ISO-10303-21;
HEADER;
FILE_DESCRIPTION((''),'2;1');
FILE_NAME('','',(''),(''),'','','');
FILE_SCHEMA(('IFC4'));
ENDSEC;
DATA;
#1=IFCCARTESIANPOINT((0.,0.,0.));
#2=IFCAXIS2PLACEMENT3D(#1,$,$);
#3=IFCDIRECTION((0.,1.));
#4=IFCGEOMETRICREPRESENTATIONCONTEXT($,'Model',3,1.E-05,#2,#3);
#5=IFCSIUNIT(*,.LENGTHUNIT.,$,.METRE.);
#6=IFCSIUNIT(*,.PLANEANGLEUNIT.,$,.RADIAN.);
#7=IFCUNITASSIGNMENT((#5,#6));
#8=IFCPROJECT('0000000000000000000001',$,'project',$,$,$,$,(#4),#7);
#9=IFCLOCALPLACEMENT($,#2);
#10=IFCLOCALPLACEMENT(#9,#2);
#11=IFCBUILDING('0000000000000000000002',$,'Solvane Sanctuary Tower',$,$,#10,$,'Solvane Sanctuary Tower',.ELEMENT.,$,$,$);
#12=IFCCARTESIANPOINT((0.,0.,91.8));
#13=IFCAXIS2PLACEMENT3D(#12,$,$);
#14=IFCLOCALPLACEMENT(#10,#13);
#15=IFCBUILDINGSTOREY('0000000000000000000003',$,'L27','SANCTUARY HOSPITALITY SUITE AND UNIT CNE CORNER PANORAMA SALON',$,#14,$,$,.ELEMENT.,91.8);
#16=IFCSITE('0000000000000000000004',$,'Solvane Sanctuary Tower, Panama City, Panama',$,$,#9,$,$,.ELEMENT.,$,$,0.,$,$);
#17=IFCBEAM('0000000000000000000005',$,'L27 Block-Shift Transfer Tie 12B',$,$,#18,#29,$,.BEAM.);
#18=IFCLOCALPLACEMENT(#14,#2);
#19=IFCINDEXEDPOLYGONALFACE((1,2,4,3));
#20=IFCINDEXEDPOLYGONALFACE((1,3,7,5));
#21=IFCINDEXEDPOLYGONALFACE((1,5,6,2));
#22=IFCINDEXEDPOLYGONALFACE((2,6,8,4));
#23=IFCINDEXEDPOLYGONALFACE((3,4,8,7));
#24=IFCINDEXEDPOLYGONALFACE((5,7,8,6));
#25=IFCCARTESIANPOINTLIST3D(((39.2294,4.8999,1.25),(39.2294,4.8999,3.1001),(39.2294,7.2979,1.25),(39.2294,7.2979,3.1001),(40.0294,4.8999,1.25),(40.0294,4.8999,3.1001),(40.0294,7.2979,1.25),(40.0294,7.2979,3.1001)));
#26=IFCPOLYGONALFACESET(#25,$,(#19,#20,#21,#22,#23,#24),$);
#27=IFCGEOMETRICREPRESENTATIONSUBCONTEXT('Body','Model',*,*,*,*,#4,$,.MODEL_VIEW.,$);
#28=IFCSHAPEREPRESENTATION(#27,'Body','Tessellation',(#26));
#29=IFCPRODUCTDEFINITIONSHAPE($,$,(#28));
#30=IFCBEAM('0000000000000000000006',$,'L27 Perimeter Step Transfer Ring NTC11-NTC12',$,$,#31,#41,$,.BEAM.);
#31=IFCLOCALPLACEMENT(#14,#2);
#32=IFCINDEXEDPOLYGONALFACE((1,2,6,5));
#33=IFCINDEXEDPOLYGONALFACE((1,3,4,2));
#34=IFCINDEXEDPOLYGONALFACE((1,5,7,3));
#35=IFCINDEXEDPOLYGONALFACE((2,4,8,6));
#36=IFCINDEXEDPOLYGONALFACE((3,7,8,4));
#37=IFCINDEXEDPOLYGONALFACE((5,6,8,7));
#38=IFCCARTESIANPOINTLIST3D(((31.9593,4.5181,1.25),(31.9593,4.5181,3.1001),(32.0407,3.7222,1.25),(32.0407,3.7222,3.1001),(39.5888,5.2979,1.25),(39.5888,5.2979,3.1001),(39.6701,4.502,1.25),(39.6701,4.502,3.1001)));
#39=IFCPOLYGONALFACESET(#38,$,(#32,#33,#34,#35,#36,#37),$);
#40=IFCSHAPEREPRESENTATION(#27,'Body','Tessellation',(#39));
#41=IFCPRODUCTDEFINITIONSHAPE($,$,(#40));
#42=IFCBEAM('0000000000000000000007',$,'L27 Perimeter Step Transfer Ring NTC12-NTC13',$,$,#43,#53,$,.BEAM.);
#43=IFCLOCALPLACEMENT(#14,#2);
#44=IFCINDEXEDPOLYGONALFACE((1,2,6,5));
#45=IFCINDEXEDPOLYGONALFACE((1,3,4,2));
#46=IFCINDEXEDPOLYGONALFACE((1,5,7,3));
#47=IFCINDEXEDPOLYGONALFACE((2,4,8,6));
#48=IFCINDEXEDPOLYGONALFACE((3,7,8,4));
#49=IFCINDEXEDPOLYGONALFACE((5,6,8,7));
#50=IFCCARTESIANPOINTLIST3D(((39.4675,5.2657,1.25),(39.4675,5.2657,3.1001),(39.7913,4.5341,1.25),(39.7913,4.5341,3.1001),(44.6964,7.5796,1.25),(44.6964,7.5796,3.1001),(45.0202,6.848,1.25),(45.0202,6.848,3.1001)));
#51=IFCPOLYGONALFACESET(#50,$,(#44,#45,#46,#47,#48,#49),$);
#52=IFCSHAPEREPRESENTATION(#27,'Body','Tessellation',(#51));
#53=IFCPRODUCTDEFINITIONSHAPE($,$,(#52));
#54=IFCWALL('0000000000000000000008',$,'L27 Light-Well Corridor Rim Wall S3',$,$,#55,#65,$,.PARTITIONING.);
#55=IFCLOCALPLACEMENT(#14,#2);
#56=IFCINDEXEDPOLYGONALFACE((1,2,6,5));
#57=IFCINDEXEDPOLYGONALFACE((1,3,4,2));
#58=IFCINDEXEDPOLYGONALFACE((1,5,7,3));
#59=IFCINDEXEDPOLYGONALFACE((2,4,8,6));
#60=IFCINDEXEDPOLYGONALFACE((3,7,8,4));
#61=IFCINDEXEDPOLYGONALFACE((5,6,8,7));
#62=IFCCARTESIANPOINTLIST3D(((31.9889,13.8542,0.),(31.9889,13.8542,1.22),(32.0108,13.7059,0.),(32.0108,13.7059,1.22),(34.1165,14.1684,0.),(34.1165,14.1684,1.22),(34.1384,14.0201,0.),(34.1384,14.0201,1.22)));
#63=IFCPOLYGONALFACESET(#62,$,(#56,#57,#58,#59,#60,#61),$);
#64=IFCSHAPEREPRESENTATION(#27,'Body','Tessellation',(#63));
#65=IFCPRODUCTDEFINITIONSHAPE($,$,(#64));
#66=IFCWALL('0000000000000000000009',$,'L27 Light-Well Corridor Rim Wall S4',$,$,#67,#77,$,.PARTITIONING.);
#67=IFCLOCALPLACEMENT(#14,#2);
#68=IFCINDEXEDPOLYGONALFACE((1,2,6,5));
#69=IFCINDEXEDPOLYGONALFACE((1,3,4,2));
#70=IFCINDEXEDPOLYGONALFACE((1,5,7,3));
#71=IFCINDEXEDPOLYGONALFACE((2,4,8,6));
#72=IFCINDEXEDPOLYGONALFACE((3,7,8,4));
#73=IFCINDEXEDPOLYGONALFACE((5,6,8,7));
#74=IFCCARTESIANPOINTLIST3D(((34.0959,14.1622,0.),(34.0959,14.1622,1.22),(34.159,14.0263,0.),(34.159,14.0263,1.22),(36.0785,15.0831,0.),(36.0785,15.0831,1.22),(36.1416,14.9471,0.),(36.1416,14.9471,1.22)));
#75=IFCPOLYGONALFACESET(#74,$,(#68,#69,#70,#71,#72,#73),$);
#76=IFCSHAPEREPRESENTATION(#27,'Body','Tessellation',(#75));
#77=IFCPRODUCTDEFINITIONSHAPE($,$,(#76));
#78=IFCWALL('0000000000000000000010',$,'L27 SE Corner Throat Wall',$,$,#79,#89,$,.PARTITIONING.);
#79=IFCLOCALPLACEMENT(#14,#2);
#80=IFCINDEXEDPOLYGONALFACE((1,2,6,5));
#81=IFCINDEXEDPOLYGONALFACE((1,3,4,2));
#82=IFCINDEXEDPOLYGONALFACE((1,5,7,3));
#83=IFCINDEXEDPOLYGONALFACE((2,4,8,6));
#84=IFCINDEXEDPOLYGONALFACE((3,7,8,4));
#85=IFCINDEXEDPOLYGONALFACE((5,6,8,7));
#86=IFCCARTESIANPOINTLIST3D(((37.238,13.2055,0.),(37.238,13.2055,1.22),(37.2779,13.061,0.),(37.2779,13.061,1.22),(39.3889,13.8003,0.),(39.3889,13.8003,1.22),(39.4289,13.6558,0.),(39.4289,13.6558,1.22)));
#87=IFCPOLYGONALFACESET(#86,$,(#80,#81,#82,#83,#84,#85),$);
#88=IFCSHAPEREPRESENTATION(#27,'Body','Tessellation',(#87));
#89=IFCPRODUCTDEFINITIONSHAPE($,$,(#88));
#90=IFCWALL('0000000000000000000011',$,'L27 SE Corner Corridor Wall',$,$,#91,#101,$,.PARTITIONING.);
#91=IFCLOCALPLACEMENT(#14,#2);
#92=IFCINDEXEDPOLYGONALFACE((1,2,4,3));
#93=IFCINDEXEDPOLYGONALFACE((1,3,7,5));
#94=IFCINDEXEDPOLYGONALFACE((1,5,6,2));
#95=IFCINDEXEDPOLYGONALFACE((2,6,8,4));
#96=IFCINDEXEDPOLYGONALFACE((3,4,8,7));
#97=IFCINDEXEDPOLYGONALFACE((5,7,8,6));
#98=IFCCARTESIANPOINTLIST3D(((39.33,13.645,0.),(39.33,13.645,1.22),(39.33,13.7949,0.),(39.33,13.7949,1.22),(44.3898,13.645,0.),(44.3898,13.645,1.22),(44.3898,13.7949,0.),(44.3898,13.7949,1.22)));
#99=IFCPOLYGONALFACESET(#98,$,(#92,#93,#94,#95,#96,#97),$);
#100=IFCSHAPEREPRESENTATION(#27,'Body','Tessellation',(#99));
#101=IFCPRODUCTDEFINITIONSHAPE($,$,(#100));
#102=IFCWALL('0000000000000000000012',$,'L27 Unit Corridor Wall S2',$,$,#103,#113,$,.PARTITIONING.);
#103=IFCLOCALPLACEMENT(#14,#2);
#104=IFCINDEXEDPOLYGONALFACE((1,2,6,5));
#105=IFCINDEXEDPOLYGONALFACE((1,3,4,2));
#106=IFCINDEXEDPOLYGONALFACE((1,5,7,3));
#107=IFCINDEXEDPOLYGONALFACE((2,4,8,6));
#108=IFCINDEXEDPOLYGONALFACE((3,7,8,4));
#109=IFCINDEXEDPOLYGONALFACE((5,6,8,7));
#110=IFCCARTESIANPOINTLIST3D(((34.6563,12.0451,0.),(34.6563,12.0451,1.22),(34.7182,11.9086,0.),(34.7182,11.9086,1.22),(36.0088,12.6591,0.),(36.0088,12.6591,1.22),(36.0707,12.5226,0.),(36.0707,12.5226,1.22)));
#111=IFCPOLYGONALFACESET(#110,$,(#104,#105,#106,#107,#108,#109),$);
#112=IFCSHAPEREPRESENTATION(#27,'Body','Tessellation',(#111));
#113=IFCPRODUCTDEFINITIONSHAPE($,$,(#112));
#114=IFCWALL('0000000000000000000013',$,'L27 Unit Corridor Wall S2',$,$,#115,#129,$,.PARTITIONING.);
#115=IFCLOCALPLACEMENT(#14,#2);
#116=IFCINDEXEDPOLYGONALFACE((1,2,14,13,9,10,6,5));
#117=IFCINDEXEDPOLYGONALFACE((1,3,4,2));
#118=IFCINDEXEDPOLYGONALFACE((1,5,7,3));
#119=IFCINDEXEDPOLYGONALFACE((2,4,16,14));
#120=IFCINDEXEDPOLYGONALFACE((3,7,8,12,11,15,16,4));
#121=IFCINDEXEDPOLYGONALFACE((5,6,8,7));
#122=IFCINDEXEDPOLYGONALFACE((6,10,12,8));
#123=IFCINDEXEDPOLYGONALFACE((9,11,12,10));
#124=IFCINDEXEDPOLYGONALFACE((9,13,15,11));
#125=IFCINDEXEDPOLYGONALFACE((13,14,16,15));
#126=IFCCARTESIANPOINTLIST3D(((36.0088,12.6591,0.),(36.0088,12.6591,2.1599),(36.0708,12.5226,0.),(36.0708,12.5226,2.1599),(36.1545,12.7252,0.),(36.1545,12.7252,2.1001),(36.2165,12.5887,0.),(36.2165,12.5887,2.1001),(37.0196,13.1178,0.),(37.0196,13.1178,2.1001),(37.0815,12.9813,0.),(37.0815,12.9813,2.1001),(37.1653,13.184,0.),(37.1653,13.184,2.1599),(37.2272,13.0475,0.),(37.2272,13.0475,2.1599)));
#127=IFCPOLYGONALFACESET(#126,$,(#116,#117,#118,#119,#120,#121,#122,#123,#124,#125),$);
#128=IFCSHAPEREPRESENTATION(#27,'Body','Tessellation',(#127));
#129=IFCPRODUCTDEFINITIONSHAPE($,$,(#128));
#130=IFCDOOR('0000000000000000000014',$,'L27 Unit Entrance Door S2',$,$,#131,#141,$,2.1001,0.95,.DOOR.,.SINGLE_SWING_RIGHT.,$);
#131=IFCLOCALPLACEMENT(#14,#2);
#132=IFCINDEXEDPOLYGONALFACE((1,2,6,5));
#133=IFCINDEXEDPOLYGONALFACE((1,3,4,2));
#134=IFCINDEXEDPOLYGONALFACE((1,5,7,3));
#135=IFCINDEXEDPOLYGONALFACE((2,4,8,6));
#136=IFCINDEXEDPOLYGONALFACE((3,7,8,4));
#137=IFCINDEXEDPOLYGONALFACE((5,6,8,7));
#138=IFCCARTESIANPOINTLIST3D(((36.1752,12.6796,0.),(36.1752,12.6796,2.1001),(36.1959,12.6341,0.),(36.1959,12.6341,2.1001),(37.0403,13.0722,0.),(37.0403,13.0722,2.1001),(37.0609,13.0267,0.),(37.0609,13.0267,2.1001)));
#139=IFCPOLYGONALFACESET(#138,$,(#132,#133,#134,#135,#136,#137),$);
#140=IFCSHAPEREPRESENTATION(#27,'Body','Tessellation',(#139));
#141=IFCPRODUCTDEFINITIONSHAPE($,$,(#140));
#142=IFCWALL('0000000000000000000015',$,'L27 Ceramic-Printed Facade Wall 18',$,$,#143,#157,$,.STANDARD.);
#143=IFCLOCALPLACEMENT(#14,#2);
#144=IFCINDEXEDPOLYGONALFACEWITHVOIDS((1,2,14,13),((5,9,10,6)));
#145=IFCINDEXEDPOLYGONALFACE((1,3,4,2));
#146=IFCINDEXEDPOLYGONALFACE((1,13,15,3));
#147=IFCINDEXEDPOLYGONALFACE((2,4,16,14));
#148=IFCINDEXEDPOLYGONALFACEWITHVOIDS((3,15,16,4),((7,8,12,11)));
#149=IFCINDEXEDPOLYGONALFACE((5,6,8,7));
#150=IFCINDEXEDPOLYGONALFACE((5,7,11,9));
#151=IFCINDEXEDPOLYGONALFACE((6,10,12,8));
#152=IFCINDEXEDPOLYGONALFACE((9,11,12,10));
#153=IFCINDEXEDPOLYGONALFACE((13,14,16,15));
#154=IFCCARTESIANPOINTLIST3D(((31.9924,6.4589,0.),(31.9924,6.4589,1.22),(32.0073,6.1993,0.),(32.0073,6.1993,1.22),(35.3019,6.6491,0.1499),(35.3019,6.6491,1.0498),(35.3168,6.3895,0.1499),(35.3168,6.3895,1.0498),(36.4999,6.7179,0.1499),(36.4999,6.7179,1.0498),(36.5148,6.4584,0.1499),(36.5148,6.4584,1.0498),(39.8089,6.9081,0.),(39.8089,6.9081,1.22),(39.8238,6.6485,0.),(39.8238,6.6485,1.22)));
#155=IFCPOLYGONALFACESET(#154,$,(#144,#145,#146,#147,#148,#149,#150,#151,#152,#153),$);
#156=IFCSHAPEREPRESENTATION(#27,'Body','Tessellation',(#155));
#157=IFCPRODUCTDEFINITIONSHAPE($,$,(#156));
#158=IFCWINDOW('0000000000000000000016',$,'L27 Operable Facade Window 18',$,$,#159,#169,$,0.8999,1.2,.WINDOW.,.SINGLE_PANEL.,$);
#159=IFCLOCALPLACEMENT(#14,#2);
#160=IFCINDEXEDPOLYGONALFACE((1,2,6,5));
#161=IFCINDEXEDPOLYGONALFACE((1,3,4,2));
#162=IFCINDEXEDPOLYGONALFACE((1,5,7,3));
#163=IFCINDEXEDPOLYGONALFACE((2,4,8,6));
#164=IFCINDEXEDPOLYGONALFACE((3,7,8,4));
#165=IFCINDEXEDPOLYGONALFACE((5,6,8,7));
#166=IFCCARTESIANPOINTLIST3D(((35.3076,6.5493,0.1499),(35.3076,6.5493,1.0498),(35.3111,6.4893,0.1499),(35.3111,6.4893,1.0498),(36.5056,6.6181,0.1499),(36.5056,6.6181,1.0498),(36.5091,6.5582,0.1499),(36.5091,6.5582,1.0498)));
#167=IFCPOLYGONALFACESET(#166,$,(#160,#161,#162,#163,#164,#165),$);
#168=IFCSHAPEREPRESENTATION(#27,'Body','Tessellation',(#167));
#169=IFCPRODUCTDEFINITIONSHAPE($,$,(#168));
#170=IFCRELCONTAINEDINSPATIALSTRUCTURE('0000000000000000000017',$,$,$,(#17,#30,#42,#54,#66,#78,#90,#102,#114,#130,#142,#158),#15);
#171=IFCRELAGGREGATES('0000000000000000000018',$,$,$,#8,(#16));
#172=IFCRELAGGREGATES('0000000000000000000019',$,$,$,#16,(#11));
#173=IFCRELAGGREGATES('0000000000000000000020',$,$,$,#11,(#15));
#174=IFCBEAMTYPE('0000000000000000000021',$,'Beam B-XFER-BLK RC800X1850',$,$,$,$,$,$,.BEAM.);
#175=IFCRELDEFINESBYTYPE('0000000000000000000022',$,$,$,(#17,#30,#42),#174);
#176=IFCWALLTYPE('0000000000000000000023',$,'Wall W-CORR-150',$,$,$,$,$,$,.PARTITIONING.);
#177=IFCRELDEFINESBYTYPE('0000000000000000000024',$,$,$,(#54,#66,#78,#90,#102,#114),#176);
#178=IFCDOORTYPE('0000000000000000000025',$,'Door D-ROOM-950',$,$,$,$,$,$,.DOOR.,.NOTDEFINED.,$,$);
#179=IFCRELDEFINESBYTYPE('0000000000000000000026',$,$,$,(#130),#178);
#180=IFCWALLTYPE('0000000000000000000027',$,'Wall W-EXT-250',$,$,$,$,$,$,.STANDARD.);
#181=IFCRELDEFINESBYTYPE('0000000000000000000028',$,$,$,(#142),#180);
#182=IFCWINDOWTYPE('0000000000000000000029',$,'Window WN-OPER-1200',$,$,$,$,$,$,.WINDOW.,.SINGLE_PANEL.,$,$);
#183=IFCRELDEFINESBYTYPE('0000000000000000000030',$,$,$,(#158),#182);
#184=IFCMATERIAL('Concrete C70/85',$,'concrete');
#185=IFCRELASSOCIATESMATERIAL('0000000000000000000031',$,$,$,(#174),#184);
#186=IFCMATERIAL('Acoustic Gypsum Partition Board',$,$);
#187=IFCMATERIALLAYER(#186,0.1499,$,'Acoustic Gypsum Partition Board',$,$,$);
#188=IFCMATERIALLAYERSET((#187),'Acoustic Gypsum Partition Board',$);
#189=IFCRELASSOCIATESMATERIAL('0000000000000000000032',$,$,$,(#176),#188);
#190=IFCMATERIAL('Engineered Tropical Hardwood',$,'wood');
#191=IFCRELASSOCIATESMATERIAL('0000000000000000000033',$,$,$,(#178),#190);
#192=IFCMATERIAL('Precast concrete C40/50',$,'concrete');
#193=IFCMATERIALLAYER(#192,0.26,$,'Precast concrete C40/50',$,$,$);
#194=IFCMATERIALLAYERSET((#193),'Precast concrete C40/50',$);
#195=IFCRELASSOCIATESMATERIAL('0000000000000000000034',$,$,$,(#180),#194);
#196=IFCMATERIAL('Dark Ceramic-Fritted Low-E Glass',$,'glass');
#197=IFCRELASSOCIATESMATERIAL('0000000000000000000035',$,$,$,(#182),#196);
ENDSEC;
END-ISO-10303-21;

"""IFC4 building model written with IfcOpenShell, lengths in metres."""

from ifc_helpers import new_model, si_unit, direction, frame, frame_2d, origin, origin_2d, place, context, subcontext, project, spatial, rectangle, extrude, material, layer, layer_set, material_profile, profile_set, type_object, element, fill, save


model = new_model("IFC4")

# Units and contexts
model_context = context("Model", 3, precision=1e-05, world=origin(), true_north=direction((0.0, 1.0)))
body_context = subcontext(model_context, "Body", "Model", "MODEL_VIEW")
ifc_project = project(units=[si_unit("LENGTHUNIT", "METRE"), si_unit("PLANEANGLEUNIT", "RADIAN")], contexts=[model_context])

# Site, building, storey
site_placement = place(None, origin())
site = spatial("IfcSite", under=ifc_project, at=site_placement, Name="Solvane Sanctuary Tower, Panama City, Panama", CompositionType="ELEMENT", RefElevation=0.0)
building_placement = place(site_placement, origin())
building = spatial("IfcBuilding", under=site, at=building_placement, Name="Solvane Sanctuary Tower", LongName="Solvane Sanctuary Tower", CompositionType="ELEMENT")
storey_placement = place(building_placement, frame((0.0, 0.0, 91.8)))
storey = spatial("IfcBuildingStorey", under=building, at=storey_placement, Name="L27", Description="SANCTUARY HOSPITALITY SUITE AND UNIT CNE CORNER PANORAMA SALON", CompositionType="ELEMENT", Elevation=91.8)

# Beams
ifc_material_1 = material(Name="Concrete C70/85", Category="concrete")
ifc_material_profile_1 = material_profile(ifc_material_1, rectangle(XDim=0.8, YDim=1.8501, at=origin_2d()), Name="RC800X1850")
ifc_profile_set_1 = profile_set([ifc_material_profile_1], Name="Concrete C70/85")
beam_type_1 = type_object("IfcBeamType", Name="Beam B-XFER-BLK RC800X1850", PredefinedType="BEAM", material=ifc_profile_set_1)
beam_1_placement = place(storey_placement, frame((39.6294, 7.2979, 2.175), z_axis=(0.0, -1.0, 0.0), x_axis=(1.0, 0.0, 0.0)))
element("IfcBeam", 1, at=beam_1_placement, inside=storey, type_object=beam_type_1, Name="L27 Block-Shift Transfer Tie 12B", PredefinedType="BEAM", context=body_context, shape_type="SweptSolid", body=[
    extrude(rectangle(XDim=0.8, YDim=1.8501, at=origin_2d()), origin(), (0.0, 0.0, 1.0), 2.3979),
])
beam_2_placement = place(storey_placement, frame((32.0, 4.1201, 2.175), z_axis=(0.994817, 0.101678, 0.0), x_axis=(-0.101678, 0.994817, 0.0)))
element("IfcBeam", 2, at=beam_2_placement, inside=storey, type_object=beam_type_1, Name="L27 Perimeter Step Transfer Ring NTC11-NTC12", PredefinedType="BEAM", context=body_context, shape_type="SweptSolid", body=[
    extrude(rectangle(XDim=0.8, YDim=1.8501, at=origin_2d()), origin(), (0.0, 0.0, 1.0), 7.6692),
])
beam_3_placement = place(storey_placement, frame((39.6294, 4.8999, 2.175), z_axis=(0.914462, 0.404672, 0.0), x_axis=(-0.404672, 0.914462, 0.0)))
element("IfcBeam", 3, at=beam_3_placement, inside=storey, type_object=beam_type_1, Name="L27 Perimeter Step Transfer Ring NTC12-NTC13", PredefinedType="BEAM", context=body_context, shape_type="SweptSolid", body=[
    extrude(rectangle(XDim=0.8, YDim=1.8501, at=origin_2d()), origin(), (0.0, 0.0, 1.0), 5.718),
])

# Walls
ifc_material_2 = material(Name="Acoustic Gypsum Partition Board")
ifc_layer_1 = layer(ifc_material_2, 0.1499, Name="Acoustic Gypsum Partition Board")
ifc_layer_set_1 = layer_set([ifc_layer_1], Name="Acoustic Gypsum Partition Board")
wall_type_1 = type_object("IfcWallType", Name="Wall W-CORR-150", PredefinedType="PARTITIONING", material=ifc_layer_set_1)
wall_1_placement = place(storey_placement, frame((32.0, 13.78, 0.0), z_axis=(0.0, 0.0, 1.0), x_axis=(0.989269, 0.146108, 0.0)))
element("IfcWall", 4, at=wall_1_placement, inside=storey, type_object=wall_type_1, Name="L27 Light-Well Corridor Rim Wall S3", PredefinedType="PARTITIONING", context=body_context, shape_type="SweptSolid", body=[
    extrude(rectangle(XDim=2.1506, YDim=0.1499, at=frame_2d((1.0752, 0.0))), origin(), (0.0, 0.0, 1.0), 1.22),
])
wall_2_placement = place(storey_placement, frame((34.1274, 14.0942, 0.0), z_axis=(0.0, 0.0, 1.0), x_axis=(0.906943, 0.421252, 0.0)))
element("IfcWall", 5, at=wall_2_placement, inside=storey, type_object=wall_type_1, Name="L27 Light-Well Corridor Rim Wall S4", PredefinedType="PARTITIONING", context=body_context, shape_type="SweptSolid", body=[
    extrude(rectangle(XDim=2.186, YDim=0.1499, at=frame_2d((1.093, 0.0))), origin(), (0.0, 0.0, 1.0), 1.22),
])
wall_3_placement = place(storey_placement, frame((37.2581, 13.1333, 0.0), z_axis=(0.0, 0.0, 1.0), x_axis=(0.963834, 0.266504, 0.0)))
element("IfcWall", 6, at=wall_3_placement, inside=storey, type_object=wall_type_1, Name="L27 SE Corner Throat Wall", PredefinedType="PARTITIONING", context=body_context, shape_type="SweptSolid", body=[
    extrude(rectangle(XDim=2.2317, YDim=0.1499, at=frame_2d((1.1157, 0.0))), origin(), (0.0, 0.0, 1.0), 1.22),
])
wall_4_placement = place(storey_placement, frame((39.3301, 13.72, 0.0), z_axis=(0.0, 0.0, 1.0), x_axis=(1.0, 0.0, 0.0)))
element("IfcWall", 7, at=wall_4_placement, inside=storey, type_object=wall_type_1, Name="L27 SE Corner Corridor Wall", PredefinedType="PARTITIONING", context=body_context, shape_type="SweptSolid", body=[
    extrude(rectangle(XDim=5.0598, YDim=0.1499, at=frame_2d((2.5298, 0.0))), origin(), (0.0, 0.0, 1.0), 1.22),
])
wall_5_placement = place(storey_placement, frame((34.6873, 11.9768, 0.0), z_axis=(0.0, 0.0, 1.0), x_axis=(0.910563, 0.413369, 0.0)))
element("IfcWall", 8, at=wall_5_placement, inside=storey, type_object=wall_type_1, Name="L27 Unit Corridor Wall S2", PredefinedType="PARTITIONING", context=body_context, shape_type="SweptSolid", body=[
    extrude(rectangle(XDim=1.4854, YDim=0.1499, at=frame_2d((0.7427, 0.0))), origin(), (0.0, 0.0, 1.0), 1.22),
])

# Wall, opening, door
wall_6_placement = place(storey_placement, frame((36.0398, 12.5908, 0.0), z_axis=(0.0, 0.0, 1.0), x_axis=(0.910597, 0.413296, 0.0)))
wall_6 = element("IfcWall", 9, at=wall_6_placement, inside=storey, type_object=wall_type_1, Name="L27 Unit Corridor Wall S2", PredefinedType="PARTITIONING", context=body_context, shape_type="SweptSolid", body=[
    extrude(rectangle(XDim=1.27, YDim=0.1499, at=frame_2d((0.635, 0.0))), origin(), (0.0, 0.0, 1.0), 2.1599),
])
opening_1_placement = place(wall_6_placement, frame((0.1599, 0.0, 0.0)))
opening_1 = element("IfcOpeningElement", 10, at=opening_1_placement, cuts=wall_6, PredefinedType="OPENING", context=body_context, shape_type="SweptSolid", body=[
    extrude(rectangle(XDim=0.95, YDim=2.1001, at=frame_2d((0.4751, 1.05))), frame((0.0, 0.085, 0.0), z_axis=(0.0, -1.0, 0.0), x_axis=(1.0, 0.0, 0.0)), (0.0, 0.0, 1.0), 0.1699),
])
ifc_material_3 = material(Name="Engineered Tropical Hardwood", Category="wood")
door_type_1 = type_object("IfcDoorType", Name="Door D-ROOM-950", OperationType="NOTDEFINED", PredefinedType="DOOR", material=ifc_material_3)
door_1_placement = place(opening_1_placement, origin())
door_1 = element("IfcDoor", 11, at=door_1_placement, inside=storey, type_object=door_type_1, Name="L27 Unit Entrance Door S2", OperationType="SINGLE_SWING_RIGHT", OverallHeight=2.1001, OverallWidth=0.95, PredefinedType="DOOR", context=body_context, shape_type="SweptSolid", body=[
    extrude(rectangle(XDim=0.95, YDim=2.1001, at=frame_2d((0.4751, 1.05))), frame((0.0, 0.0249, 0.0), z_axis=(0.0, -1.0, 0.0), x_axis=(1.0, 0.0, 0.0)), (0.0, 0.0, 1.0), 0.05),
])
fill(opening_1, door_1)

# Wall, opening, window
ifc_material_4 = material(Name="Precast concrete C40/50", Category="concrete")
ifc_layer_2 = layer(ifc_material_4, 0.26, Name="Precast concrete C40/50")
ifc_layer_set_2 = layer_set([ifc_layer_2], Name="Precast concrete C40/50")
wall_type_2 = type_object("IfcWallType", Name="Wall W-EXT-250", PredefinedType="STANDARD", material=ifc_layer_set_2)
wall_7_placement = place(storey_placement, frame((32.0, 6.3291, 0.0), z_axis=(0.0, 0.0, 1.0), x_axis=(0.998353, 0.057377, 0.0)))
wall_7 = element("IfcWall", 12, at=wall_7_placement, inside=storey, type_object=wall_type_2, Name="L27 Ceramic-Printed Facade Wall 18", PredefinedType="STANDARD", context=body_context, shape_type="SweptSolid", body=[
    extrude(rectangle(XDim=7.8293, YDim=0.26, at=frame_2d((3.9146, 0.0))), origin(), (0.0, 0.0, 1.0), 1.22),
])
opening_2_placement = place(wall_7_placement, frame((3.3147, 0.0, 0.1499)))
opening_2 = element("IfcOpeningElement", 13, at=opening_2_placement, cuts=wall_7, PredefinedType="OPENING", context=body_context, shape_type="SweptSolid", body=[
    extrude(rectangle(XDim=1.2, YDim=0.8999, at=frame_2d((0.6001, 0.45))), frame((0.0, 0.1399, 0.0), z_axis=(0.0, -1.0, 0.0), x_axis=(1.0, 0.0, 0.0)), (0.0, 0.0, 1.0), 0.28),
])
ifc_material_5 = material(Name="Dark Ceramic-Fritted Low-E Glass", Category="glass")
window_type = type_object("IfcWindowType", Name="Window WN-OPER-1200", PartitioningType="SINGLE_PANEL", PredefinedType="WINDOW", material=ifc_material_5)
window_1_placement = place(opening_2_placement, origin())
window_1 = element("IfcWindow", 14, at=window_1_placement, inside=storey, type_object=window_type, Name="L27 Operable Facade Window 18", OverallHeight=0.8999, OverallWidth=1.2, PartitioningType="SINGLE_PANEL", PredefinedType="WINDOW", context=body_context, shape_type="SweptSolid", body=[
    extrude(rectangle(XDim=1.2, YDim=0.8999, at=frame_2d((0.6001, 0.45))), frame((0.0, 0.03, 0.0), z_axis=(0.0, -1.0, 0.0), x_axis=(1.0, 0.0, 0.0)), (0.0, 0.0, 1.0), 0.0601),
])
fill(opening_2, window_1)

save(model, "model.ifc")
